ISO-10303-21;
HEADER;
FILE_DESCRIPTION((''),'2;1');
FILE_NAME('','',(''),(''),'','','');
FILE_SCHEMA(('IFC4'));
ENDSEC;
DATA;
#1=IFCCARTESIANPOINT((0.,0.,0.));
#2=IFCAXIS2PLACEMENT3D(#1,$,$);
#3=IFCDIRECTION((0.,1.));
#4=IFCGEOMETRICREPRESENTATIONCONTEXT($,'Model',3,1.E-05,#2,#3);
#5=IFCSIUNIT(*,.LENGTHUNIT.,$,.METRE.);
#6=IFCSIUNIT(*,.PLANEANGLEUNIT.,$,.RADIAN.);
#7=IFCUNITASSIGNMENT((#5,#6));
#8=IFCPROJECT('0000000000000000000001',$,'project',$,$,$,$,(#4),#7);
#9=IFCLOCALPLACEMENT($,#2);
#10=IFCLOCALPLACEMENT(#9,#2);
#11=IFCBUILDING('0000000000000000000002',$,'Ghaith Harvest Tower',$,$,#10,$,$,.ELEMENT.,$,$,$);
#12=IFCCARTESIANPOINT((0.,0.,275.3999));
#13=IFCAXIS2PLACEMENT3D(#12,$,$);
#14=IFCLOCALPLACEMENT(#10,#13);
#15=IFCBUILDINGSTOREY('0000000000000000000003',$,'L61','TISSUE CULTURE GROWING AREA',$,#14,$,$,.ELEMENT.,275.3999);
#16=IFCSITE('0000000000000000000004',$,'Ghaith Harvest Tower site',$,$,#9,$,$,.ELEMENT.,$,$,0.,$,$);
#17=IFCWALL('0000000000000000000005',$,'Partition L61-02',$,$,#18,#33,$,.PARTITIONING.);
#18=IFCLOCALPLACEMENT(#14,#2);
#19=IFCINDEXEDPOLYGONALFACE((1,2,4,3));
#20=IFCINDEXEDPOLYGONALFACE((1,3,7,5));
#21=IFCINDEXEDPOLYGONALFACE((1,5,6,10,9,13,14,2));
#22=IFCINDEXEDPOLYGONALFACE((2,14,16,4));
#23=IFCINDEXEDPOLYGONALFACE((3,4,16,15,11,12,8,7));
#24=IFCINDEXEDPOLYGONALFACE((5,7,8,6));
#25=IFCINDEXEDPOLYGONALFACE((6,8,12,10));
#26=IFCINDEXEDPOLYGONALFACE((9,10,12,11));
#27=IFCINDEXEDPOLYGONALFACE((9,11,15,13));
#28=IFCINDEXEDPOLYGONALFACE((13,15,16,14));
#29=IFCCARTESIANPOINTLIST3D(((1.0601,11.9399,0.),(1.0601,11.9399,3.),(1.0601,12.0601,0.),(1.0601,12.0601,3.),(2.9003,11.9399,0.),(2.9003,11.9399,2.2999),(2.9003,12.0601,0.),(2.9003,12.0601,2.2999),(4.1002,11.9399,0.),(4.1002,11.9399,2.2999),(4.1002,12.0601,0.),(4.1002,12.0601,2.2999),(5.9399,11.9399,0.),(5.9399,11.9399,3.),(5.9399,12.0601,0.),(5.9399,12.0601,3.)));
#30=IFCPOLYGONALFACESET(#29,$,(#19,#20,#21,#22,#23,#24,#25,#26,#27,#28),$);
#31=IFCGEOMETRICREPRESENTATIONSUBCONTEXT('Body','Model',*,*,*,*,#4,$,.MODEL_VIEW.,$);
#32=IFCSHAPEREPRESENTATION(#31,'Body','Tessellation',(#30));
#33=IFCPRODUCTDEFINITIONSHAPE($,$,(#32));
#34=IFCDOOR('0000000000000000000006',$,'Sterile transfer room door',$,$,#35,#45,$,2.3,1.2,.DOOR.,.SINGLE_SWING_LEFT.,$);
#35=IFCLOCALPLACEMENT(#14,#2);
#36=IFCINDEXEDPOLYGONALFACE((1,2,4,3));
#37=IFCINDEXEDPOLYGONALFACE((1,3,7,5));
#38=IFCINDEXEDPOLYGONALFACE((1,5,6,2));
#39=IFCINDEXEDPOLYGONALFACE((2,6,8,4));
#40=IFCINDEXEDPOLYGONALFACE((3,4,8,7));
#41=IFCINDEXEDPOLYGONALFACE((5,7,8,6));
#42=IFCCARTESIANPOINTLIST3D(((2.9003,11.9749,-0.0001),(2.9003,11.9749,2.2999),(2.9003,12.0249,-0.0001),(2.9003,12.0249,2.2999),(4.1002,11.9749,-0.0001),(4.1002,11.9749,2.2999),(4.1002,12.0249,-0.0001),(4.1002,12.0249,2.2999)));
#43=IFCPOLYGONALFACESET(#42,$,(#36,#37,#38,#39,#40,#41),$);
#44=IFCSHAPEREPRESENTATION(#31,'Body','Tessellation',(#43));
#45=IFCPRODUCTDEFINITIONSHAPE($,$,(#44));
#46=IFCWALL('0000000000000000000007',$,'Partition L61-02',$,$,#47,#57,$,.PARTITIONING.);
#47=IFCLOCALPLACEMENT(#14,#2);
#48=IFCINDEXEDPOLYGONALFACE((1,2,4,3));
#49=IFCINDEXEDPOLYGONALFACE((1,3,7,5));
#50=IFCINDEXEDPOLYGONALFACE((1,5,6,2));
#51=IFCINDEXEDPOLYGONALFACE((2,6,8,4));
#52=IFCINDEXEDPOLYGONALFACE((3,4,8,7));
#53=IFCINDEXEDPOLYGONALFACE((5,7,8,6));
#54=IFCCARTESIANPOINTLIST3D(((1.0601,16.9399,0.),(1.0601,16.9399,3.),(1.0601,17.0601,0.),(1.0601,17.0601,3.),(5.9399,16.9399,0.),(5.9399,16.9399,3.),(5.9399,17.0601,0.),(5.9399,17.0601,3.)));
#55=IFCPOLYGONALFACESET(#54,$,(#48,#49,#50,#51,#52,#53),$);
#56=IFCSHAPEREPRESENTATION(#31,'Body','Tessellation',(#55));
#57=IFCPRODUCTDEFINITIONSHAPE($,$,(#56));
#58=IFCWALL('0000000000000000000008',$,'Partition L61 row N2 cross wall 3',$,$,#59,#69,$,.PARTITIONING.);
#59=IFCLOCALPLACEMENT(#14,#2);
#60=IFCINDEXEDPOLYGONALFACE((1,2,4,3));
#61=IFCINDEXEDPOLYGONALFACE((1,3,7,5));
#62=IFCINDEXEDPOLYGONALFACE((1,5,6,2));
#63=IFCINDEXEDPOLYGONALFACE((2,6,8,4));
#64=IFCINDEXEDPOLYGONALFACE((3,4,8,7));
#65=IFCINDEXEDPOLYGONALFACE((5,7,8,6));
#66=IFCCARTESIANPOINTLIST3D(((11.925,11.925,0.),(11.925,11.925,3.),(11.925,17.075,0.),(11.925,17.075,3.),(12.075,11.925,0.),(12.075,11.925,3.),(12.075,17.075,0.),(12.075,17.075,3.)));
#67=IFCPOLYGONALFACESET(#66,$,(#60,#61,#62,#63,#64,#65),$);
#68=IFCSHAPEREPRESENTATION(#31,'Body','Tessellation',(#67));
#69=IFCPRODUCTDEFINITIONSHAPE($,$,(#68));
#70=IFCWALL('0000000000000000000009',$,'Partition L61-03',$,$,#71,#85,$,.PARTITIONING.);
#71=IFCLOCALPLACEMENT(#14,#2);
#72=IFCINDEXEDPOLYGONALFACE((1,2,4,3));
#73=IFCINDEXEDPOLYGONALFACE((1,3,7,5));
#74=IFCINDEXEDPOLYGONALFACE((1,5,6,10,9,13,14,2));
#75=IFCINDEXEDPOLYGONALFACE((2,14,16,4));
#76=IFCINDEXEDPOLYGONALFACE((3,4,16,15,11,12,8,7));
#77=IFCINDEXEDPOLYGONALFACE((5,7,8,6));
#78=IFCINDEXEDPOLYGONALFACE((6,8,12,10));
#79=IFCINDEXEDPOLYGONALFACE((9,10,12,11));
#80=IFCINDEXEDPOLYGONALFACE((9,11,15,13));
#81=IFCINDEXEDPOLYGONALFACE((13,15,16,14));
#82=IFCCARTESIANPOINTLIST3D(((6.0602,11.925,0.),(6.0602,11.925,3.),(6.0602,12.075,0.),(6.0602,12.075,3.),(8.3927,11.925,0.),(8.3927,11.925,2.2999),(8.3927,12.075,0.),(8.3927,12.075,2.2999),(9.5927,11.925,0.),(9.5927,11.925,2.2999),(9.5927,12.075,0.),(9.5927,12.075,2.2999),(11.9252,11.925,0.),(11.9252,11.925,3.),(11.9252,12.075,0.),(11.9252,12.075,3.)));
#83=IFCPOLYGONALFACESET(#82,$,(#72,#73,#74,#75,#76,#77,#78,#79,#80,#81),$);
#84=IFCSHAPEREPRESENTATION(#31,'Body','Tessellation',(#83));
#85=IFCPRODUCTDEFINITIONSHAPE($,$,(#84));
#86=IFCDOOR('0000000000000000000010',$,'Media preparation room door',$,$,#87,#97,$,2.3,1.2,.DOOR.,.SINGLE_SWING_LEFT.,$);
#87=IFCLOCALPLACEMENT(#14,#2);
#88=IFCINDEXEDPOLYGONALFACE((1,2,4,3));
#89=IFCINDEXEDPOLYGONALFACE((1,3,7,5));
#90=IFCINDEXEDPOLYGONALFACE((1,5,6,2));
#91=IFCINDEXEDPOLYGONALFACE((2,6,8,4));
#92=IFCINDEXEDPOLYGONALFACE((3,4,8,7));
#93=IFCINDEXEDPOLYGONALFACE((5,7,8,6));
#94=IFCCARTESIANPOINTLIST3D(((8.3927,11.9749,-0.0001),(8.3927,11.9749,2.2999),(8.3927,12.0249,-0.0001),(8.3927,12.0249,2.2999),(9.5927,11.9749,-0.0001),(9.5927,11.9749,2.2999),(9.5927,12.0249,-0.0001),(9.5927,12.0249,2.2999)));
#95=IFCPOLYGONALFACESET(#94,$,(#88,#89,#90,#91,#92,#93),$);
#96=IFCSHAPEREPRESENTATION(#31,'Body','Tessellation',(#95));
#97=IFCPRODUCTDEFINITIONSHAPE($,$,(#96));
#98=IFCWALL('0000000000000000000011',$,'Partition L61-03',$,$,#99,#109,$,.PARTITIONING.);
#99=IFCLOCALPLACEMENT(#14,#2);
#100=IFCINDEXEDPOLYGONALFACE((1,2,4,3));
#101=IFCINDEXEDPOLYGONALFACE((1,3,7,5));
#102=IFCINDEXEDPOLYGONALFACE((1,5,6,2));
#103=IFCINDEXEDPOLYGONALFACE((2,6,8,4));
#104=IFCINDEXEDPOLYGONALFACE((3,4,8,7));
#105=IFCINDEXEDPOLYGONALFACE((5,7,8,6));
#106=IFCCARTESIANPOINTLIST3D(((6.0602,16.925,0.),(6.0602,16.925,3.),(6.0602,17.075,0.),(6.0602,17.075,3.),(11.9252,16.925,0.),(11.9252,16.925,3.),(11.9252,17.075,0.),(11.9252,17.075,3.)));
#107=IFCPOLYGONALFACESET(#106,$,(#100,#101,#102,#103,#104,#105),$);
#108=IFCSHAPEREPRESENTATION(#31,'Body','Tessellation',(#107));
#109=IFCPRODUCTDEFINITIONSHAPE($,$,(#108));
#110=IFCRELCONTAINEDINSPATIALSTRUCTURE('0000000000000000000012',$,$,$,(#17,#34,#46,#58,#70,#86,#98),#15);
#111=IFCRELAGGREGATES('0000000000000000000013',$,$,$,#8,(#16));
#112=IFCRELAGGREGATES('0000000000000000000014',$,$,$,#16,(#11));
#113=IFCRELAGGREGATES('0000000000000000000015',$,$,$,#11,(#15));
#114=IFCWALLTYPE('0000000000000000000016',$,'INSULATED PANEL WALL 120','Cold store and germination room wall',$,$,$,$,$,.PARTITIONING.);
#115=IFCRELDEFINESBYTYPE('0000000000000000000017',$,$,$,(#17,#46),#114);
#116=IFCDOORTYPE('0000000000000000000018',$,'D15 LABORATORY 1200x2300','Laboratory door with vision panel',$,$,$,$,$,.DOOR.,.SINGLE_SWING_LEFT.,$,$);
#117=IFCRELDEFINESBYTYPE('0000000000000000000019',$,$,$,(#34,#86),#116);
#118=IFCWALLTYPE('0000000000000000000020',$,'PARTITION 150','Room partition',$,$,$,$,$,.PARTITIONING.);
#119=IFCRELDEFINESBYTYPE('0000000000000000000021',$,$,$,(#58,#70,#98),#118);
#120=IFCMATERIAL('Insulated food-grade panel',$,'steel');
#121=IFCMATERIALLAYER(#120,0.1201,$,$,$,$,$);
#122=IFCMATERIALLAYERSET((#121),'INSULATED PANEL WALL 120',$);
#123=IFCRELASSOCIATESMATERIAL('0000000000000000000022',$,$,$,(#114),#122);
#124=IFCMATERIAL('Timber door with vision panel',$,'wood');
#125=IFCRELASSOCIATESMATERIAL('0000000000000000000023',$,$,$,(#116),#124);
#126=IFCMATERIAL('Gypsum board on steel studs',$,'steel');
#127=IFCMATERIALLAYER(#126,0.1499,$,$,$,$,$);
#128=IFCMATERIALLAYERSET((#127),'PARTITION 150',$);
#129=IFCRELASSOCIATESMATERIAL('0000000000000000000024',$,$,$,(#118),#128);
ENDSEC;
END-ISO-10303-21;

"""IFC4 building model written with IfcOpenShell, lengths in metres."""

from ifc_helpers import new_model, si_unit, direction, frame, frame_2d, origin, place, context, subcontext, project, spatial, rectangle, extrude, material, layer, layer_set, type_object, element, fill, save


model = new_model("IFC4")

# Units and contexts
model_context = context("Model", 3, precision=1e-05, world=origin(), true_north=direction((0.0, 1.0)))
body_context = subcontext(model_context, "Body", "Model", "MODEL_VIEW")
ifc_project = project(units=[si_unit("LENGTHUNIT", "METRE"), si_unit("PLANEANGLEUNIT", "RADIAN")], contexts=[model_context])

# Site, building, storey
site_placement = place(None, origin())
site = spatial("IfcSite", under=ifc_project, at=site_placement, Name="Ghaith Harvest Tower site", CompositionType="ELEMENT", RefElevation=0.0)
building_placement = place(site_placement, origin())
building = spatial("IfcBuilding", under=site, at=building_placement, Name="Ghaith Harvest Tower", CompositionType="ELEMENT")
storey_placement = place(building_placement, frame((0.0, 0.0, 275.3999)))
storey = spatial("IfcBuildingStorey", under=building, at=storey_placement, Name="L61", Description="TISSUE CULTURE GROWING AREA", CompositionType="ELEMENT", Elevation=275.3999)

# Shared definitions
ifc_material_1 = material(Name="Insulated food-grade panel", Category="steel")
ifc_layer_1 = layer(ifc_material_1, 0.1201)
ifc_layer_set_1 = layer_set([ifc_layer_1], Name="INSULATED PANEL WALL 120")
wall_type_1 = type_object("IfcWallType", Name="INSULATED PANEL WALL 120", Description="Cold store and germination room wall", PredefinedType="PARTITIONING", material=ifc_layer_set_1)

# Wall, opening, door
wall_1_placement = place(storey_placement, frame((1.0601, 12.0, 0.0), z_axis=(0.0, 0.0, 1.0), x_axis=(1.0, 0.0, 0.0)))
wall_1 = element("IfcWall", 1, at=wall_1_placement, inside=storey, type_object=wall_type_1, Name="Partition L61-02", PredefinedType="PARTITIONING", context=body_context, shape_type="SweptSolid", body=[
    extrude(rectangle(XDim=4.8799, YDim=0.1201, at=frame_2d((2.4399, 0.0))), origin(), (0.0, 0.0, 1.0), 3.0),
])
opening_1_placement = place(wall_1_placement, frame((1.8401, 0.0, 0.0)))
opening_1 = element("IfcOpeningElement", 2, at=opening_1_placement, cuts=wall_1, PredefinedType="OPENING", context=body_context, shape_type="SweptSolid", body=[
    extrude(rectangle(XDim=1.2, YDim=2.3, at=frame_2d((0.6001, 1.1499))), frame((0.0, 0.0701, 0.0), z_axis=(0.0, -1.0, 0.0), x_axis=(1.0, 0.0, 0.0)), (0.0, 0.0, 1.0), 0.1401),
])
ifc_material_2 = material(Name="Timber door with vision panel", Category="wood")
door_type = type_object("IfcDoorType", Name="D15 LABORATORY 1200x2300", Description="Laboratory door with vision panel", OperationType="SINGLE_SWING_LEFT", PredefinedType="DOOR", material=ifc_material_2)
door_1_placement = place(opening_1_placement, origin())
door_1 = element("IfcDoor", 3, at=door_1_placement, inside=storey, type_object=door_type, Name="Sterile transfer room door", OperationType="SINGLE_SWING_LEFT", OverallHeight=2.3, OverallWidth=1.2, PredefinedType="DOOR", context=body_context, shape_type="SweptSolid", body=[
    extrude(rectangle(XDim=1.2, YDim=2.3, at=frame_2d((0.6001, 1.1499))), frame((0.0, 0.0249, 0.0), z_axis=(0.0, -1.0, 0.0), x_axis=(1.0, 0.0, 0.0)), (0.0, 0.0, 1.0), 0.05),
])
fill(opening_1, door_1)

# Walls
wall_2_placement = place(storey_placement, frame((1.0601, 17.0, 0.0), z_axis=(0.0, 0.0, 1.0), x_axis=(1.0, 0.0, 0.0)))
element("IfcWall", 4, at=wall_2_placement, inside=storey, type_object=wall_type_1, Name="Partition L61-02", PredefinedType="PARTITIONING", context=body_context, shape_type="SweptSolid", body=[
    extrude(rectangle(XDim=4.8799, YDim=0.1201, at=frame_2d((2.4399, 0.0))), origin(), (0.0, 0.0, 1.0), 3.0),
])
ifc_material_3 = material(Name="Gypsum board on steel studs", Category="steel")
ifc_layer_2 = layer(ifc_material_3, 0.1499)
ifc_layer_set_2 = layer_set([ifc_layer_2], Name="PARTITION 150")
wall_type_2 = type_object("IfcWallType", Name="PARTITION 150", Description="Room partition", PredefinedType="PARTITIONING", material=ifc_layer_set_2)
wall_3_placement = place(storey_placement, frame((12.0, 11.925, 0.0), z_axis=(0.0, 0.0, 1.0), x_axis=(0.0, 1.0, 0.0)))
element("IfcWall", 5, at=wall_3_placement, inside=storey, type_object=wall_type_2, Name="Partition L61 row N2 cross wall 3", PredefinedType="PARTITIONING", context=body_context, shape_type="SweptSolid", body=[
    extrude(rectangle(XDim=5.1499, YDim=0.1499, at=frame_2d((2.575, 0.0))), origin(), (0.0, 0.0, 1.0), 3.0),
])

# Wall, opening, door
wall_4_placement = place(storey_placement, frame((6.0601, 12.0, 0.0), z_axis=(0.0, 0.0, 1.0), x_axis=(1.0, 0.0, 0.0)))
wall_4 = element("IfcWall", 6, at=wall_4_placement, inside=storey, type_object=wall_type_2, Name="Partition L61-03", PredefinedType="PARTITIONING", context=body_context, shape_type="SweptSolid", body=[
    extrude(rectangle(XDim=5.865, YDim=0.1499, at=frame_2d((2.9326, 0.0))), origin(), (0.0, 0.0, 1.0), 3.0),
])
opening_2_placement = place(wall_4_placement, frame((2.3325, 0.0, 0.0)))
opening_2 = element("IfcOpeningElement", 7, at=opening_2_placement, cuts=wall_4, PredefinedType="OPENING", context=body_context, shape_type="SweptSolid", body=[
    extrude(rectangle(XDim=1.2, YDim=2.3, at=frame_2d((0.6001, 1.1499))), frame((0.0, 0.085, 0.0), z_axis=(0.0, -1.0, 0.0), x_axis=(1.0, 0.0, 0.0)), (0.0, 0.0, 1.0), 0.1699),
])
door_2_placement = place(opening_2_placement, origin())
door_2 = element("IfcDoor", 8, at=door_2_placement, inside=storey, type_object=door_type, Name="Media preparation room door", OperationType="SINGLE_SWING_LEFT", OverallHeight=2.3, OverallWidth=1.2, PredefinedType="DOOR", context=body_context, shape_type="SweptSolid", body=[
    extrude(rectangle(XDim=1.2, YDim=2.3, at=frame_2d((0.6001, 1.1499))), frame((0.0, 0.0249, 0.0), z_axis=(0.0, -1.0, 0.0), x_axis=(1.0, 0.0, 0.0)), (0.0, 0.0, 1.0), 0.05),
])
fill(opening_2, door_2)

# Wall
wall_5_placement = place(storey_placement, frame((6.0601, 17.0, 0.0), z_axis=(0.0, 0.0, 1.0), x_axis=(1.0, 0.0, 0.0)))
element("IfcWall", 9, at=wall_5_placement, inside=storey, type_object=wall_type_2, Name="Partition L61-03", PredefinedType="PARTITIONING", context=body_context, shape_type="SweptSolid", body=[
    extrude(rectangle(XDim=5.865, YDim=0.1499, at=frame_2d((2.9326, 0.0))), origin(), (0.0, 0.0, 1.0), 3.0),
])

save(model, "model.ifc")
